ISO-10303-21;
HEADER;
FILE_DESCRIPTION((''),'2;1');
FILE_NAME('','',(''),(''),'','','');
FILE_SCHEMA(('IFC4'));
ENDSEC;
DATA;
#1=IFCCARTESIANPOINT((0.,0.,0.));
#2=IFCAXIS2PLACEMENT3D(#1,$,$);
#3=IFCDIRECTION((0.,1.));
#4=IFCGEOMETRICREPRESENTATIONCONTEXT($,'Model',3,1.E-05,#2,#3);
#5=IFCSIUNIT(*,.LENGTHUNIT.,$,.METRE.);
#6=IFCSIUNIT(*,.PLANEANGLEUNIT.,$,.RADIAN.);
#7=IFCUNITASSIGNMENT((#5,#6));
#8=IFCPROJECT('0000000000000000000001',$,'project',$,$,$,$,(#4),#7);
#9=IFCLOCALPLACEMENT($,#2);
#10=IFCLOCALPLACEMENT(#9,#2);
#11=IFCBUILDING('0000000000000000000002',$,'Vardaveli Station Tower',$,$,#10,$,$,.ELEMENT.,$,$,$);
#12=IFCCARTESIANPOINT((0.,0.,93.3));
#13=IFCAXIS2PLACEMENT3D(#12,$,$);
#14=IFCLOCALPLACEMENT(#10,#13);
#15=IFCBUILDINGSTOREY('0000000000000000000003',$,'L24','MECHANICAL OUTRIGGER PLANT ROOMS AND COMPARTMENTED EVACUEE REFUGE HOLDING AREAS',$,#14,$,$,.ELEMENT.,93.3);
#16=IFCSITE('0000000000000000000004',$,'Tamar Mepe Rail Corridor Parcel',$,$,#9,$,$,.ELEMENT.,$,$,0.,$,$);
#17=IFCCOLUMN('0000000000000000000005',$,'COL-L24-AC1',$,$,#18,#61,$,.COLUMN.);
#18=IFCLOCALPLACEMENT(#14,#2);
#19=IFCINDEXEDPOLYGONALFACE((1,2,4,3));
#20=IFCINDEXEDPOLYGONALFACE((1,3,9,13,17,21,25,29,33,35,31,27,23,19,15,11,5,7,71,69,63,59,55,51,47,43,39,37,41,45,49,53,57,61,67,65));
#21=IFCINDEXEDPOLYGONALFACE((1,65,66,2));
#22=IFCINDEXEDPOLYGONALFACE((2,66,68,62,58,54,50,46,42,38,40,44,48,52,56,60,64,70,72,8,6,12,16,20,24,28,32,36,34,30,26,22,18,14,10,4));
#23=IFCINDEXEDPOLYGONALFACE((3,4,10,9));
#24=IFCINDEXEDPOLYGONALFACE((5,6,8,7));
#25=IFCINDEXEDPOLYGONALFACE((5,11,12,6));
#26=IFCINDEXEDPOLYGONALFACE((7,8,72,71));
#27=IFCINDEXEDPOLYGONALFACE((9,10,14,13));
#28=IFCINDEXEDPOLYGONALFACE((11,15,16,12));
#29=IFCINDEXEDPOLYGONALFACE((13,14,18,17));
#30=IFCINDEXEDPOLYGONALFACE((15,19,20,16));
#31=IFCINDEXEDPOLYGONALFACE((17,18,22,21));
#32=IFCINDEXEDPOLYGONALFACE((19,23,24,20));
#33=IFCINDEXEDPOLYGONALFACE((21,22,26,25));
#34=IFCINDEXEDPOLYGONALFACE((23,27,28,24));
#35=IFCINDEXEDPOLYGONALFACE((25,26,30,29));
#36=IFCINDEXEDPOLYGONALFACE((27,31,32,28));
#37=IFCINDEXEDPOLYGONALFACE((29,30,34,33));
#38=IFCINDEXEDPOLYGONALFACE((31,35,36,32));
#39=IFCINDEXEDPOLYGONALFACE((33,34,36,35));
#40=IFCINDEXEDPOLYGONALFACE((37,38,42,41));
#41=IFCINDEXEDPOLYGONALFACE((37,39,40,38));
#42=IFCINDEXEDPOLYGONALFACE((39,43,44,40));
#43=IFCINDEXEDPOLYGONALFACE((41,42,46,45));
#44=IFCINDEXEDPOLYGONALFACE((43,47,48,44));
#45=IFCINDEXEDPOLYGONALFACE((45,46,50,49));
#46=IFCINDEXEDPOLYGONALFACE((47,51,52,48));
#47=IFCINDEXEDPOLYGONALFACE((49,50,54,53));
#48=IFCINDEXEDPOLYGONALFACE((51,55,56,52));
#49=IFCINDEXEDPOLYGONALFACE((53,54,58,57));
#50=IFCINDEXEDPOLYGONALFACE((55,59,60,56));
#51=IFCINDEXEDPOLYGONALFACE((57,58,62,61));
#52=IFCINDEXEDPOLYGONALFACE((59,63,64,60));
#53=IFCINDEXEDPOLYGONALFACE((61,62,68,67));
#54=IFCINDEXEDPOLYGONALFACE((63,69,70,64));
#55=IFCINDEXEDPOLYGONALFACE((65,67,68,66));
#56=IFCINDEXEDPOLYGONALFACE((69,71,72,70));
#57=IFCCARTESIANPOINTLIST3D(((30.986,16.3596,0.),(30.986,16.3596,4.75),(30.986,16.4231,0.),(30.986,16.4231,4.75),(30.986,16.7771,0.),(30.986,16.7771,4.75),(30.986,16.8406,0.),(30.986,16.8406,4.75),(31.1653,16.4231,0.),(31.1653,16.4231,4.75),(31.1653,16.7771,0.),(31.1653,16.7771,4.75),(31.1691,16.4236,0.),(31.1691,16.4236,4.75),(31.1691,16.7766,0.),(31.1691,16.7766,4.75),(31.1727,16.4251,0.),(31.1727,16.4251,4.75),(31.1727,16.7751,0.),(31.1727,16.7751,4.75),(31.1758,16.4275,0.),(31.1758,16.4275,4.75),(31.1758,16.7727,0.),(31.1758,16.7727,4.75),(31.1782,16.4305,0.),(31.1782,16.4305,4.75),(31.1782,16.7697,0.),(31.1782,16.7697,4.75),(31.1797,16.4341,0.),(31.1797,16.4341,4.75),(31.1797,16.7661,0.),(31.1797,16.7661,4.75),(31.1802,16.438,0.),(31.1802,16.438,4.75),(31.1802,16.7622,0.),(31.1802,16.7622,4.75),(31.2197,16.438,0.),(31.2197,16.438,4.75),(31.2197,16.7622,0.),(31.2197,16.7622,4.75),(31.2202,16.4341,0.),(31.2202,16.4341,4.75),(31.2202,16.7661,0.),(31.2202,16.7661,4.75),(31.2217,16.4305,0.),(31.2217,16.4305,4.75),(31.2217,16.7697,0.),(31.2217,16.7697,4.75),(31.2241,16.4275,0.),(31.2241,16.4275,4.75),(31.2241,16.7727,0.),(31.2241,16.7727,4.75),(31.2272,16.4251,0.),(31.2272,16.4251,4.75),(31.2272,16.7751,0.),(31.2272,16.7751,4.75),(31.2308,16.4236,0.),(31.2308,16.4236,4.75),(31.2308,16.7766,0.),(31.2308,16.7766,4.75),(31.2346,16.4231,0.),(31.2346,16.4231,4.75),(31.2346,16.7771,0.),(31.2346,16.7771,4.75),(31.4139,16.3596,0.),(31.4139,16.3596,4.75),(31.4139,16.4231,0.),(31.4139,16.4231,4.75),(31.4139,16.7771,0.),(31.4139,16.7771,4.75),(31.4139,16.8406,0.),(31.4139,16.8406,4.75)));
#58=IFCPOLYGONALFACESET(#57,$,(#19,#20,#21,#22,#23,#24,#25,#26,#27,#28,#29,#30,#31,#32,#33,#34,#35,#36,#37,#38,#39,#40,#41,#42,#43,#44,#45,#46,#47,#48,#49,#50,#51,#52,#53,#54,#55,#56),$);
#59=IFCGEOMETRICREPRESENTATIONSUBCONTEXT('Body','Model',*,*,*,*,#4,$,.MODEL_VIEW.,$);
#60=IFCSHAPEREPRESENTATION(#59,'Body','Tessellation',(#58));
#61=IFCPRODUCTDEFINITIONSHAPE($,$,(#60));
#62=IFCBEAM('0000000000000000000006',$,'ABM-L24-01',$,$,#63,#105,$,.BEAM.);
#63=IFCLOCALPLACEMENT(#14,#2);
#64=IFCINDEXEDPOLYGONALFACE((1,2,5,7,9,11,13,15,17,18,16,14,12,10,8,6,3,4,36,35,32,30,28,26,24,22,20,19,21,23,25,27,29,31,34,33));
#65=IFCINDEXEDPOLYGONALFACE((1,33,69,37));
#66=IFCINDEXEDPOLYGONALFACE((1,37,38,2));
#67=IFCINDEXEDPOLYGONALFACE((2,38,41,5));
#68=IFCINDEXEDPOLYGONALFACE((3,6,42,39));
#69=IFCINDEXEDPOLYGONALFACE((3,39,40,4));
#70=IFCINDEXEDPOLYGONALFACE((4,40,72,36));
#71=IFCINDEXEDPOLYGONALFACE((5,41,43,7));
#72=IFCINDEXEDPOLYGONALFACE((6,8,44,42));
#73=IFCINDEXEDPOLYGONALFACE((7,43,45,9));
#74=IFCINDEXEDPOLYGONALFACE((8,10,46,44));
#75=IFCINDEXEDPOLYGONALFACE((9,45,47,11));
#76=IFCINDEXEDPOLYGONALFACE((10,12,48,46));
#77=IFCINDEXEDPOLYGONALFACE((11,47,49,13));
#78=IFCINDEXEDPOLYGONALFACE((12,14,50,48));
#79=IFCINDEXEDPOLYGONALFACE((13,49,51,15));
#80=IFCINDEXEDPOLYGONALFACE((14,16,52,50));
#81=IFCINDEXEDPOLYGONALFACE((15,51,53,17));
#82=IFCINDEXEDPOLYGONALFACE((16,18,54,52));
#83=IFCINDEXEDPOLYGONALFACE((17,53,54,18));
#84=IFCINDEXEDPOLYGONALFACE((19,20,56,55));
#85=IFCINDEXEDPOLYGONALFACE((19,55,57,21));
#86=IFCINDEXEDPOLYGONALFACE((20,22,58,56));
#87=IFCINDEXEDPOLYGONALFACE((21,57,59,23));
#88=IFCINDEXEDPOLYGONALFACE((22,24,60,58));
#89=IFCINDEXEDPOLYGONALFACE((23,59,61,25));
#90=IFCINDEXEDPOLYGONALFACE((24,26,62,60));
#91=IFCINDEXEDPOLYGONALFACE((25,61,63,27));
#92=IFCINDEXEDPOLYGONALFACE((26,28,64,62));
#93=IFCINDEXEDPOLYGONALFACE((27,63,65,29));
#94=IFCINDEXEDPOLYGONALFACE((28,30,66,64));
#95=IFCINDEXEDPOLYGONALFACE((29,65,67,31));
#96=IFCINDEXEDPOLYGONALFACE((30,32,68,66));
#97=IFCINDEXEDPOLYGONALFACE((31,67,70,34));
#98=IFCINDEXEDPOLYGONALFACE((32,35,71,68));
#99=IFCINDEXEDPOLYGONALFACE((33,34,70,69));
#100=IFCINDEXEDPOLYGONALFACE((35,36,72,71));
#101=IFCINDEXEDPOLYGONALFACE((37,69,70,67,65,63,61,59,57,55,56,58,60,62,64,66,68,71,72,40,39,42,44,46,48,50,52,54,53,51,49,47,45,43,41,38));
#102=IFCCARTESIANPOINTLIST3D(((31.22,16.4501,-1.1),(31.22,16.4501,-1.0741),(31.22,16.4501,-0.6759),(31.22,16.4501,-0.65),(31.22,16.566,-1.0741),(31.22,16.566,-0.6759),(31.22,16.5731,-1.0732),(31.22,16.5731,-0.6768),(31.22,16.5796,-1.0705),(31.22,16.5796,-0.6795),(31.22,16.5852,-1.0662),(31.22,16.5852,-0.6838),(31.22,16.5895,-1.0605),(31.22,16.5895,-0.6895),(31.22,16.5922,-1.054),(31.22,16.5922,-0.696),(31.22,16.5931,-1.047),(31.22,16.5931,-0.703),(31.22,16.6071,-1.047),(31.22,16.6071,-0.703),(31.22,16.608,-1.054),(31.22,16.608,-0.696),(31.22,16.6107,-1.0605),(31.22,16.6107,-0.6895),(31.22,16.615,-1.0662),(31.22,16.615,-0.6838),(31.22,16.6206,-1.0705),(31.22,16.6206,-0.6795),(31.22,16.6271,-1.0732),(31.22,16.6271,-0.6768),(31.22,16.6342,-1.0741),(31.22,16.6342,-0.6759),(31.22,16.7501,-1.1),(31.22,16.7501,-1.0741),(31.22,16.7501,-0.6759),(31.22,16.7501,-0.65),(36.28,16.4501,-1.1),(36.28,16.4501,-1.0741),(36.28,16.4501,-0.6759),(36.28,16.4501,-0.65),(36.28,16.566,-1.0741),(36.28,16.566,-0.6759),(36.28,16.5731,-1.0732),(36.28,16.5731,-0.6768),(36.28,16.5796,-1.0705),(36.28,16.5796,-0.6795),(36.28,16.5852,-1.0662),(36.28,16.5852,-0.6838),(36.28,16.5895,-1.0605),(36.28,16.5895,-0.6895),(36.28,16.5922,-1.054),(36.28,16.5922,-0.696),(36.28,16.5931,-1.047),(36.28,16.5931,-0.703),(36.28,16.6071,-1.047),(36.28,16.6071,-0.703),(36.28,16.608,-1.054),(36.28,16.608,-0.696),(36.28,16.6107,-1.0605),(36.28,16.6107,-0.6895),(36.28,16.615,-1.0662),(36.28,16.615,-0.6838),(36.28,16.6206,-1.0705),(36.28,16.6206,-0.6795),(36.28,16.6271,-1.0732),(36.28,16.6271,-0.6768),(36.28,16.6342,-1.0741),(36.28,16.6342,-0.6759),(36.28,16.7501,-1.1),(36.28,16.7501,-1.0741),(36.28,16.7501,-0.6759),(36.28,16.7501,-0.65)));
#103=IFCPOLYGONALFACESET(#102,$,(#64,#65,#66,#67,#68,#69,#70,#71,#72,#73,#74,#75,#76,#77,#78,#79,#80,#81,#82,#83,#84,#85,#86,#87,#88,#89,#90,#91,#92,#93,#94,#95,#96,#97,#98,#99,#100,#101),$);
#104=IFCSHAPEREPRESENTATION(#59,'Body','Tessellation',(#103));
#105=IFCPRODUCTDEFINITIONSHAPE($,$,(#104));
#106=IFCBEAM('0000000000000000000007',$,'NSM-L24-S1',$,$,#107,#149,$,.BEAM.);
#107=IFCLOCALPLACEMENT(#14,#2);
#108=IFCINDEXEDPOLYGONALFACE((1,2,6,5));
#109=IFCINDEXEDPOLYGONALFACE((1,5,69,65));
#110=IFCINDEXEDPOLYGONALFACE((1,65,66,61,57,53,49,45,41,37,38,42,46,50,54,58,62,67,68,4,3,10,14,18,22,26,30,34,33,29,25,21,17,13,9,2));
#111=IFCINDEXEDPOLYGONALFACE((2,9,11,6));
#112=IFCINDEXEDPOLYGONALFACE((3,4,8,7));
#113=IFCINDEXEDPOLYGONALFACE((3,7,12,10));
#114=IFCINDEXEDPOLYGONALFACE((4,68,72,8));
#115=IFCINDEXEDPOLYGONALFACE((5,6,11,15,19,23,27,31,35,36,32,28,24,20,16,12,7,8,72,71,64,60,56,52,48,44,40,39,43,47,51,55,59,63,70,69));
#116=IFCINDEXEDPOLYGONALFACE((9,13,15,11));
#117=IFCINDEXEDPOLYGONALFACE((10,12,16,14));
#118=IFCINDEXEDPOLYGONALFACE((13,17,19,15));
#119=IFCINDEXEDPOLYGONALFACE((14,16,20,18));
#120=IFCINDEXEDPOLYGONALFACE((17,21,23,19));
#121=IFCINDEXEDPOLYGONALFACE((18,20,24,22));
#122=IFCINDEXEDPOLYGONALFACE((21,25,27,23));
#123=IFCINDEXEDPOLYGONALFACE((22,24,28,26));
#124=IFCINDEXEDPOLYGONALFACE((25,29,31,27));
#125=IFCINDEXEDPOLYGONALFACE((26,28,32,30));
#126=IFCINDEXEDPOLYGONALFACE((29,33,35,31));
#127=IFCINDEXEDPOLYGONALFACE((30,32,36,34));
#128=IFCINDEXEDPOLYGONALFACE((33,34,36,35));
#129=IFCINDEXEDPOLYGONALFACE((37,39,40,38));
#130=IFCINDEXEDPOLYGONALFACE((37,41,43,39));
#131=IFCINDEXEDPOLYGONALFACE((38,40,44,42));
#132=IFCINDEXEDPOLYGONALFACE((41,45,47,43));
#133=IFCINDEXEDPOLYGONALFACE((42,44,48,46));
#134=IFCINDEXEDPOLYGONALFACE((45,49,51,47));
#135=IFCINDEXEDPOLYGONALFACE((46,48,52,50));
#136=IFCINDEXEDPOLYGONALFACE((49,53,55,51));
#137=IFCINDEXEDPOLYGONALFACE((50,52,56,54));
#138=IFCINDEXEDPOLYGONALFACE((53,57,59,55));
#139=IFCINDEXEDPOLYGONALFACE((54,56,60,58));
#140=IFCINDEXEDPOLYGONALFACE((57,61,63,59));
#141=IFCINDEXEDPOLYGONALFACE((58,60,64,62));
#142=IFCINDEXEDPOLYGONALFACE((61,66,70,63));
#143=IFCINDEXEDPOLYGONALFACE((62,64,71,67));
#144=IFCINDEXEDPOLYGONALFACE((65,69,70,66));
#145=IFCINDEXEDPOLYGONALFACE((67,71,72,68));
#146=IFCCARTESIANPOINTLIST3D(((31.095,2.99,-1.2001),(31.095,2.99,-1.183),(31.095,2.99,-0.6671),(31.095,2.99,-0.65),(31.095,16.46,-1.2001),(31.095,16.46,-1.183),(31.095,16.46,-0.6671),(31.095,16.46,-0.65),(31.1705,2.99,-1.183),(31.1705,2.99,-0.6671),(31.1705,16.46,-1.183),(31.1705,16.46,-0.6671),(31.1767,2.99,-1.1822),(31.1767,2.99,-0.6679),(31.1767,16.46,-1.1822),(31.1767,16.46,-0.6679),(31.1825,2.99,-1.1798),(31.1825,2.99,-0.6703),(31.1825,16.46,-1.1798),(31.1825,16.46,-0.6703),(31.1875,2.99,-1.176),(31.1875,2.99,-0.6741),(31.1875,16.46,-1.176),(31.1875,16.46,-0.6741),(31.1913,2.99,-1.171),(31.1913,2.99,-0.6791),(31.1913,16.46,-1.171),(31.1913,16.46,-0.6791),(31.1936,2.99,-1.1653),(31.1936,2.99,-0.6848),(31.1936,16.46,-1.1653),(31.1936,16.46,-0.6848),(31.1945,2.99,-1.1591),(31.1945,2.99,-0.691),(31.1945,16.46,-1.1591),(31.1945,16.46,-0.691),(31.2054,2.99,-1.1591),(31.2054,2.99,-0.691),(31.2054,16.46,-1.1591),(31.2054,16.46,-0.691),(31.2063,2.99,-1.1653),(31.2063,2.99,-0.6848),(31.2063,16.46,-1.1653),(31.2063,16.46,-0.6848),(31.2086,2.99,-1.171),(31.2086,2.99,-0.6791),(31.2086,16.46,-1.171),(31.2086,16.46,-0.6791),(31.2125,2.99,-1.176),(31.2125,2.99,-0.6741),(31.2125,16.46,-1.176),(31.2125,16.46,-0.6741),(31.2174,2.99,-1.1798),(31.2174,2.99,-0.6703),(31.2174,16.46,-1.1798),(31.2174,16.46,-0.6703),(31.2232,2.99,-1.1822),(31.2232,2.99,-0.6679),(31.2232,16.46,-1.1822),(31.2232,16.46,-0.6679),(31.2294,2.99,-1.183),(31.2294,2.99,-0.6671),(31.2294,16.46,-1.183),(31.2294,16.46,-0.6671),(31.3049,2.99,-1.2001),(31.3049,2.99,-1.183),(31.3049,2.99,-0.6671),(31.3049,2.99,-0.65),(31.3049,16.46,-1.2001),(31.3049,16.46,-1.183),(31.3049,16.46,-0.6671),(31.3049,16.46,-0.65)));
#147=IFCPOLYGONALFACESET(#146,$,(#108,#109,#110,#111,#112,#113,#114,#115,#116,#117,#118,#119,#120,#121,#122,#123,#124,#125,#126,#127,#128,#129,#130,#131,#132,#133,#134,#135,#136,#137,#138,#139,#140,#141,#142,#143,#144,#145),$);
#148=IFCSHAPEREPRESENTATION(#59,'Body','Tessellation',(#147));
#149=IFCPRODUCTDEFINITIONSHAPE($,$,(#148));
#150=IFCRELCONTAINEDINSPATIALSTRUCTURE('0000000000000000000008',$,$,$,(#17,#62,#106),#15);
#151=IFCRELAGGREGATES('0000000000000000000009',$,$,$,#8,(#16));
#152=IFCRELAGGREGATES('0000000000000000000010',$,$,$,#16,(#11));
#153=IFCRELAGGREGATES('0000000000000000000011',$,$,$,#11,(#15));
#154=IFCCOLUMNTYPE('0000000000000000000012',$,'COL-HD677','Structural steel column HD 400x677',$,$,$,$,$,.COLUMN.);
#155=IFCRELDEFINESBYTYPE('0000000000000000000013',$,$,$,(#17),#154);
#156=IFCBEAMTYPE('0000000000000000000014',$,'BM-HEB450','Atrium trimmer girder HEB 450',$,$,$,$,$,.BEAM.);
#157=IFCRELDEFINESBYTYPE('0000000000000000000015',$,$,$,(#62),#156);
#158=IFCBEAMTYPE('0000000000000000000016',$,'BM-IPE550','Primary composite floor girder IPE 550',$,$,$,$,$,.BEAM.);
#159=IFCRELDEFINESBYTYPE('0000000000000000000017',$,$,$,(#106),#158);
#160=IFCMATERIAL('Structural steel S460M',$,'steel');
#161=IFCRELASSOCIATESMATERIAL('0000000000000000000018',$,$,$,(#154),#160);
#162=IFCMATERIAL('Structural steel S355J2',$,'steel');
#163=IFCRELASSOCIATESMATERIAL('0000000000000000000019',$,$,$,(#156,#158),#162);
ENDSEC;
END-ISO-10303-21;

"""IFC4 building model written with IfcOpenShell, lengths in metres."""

from ifc_helpers import new_model, si_unit, direction, frame, origin, origin_2d, place, context, subcontext, project, spatial, i_section, extrude, source, transform, mapped, material, material_profile, profile_set, type_object, element, save


model = new_model("IFC4")

# Units and contexts
model_context = context("Model", 3, precision=1e-05, world=origin(), true_north=direction((0.0, 1.0)))
body_context = subcontext(model_context, "Body", "Model", "MODEL_VIEW")
ifc_project = project(units=[si_unit("LENGTHUNIT", "METRE"), si_unit("PLANEANGLEUNIT", "RADIAN")], contexts=[model_context])

# Site, building, storey
site_placement = place(None, origin())
site = spatial("IfcSite", under=ifc_project, at=site_placement, Name="Tamar Mepe Rail Corridor Parcel", CompositionType="ELEMENT", RefElevation=0.0)
building_placement = place(site_placement, origin())
building = spatial("IfcBuilding", under=site, at=building_placement, Name="Vardaveli Station Tower", CompositionType="ELEMENT")
storey_placement = place(building_placement, frame((0.0, 0.0, 93.3)))
storey = spatial("IfcBuildingStorey", under=building, at=storey_placement, Name="L24", Description="MECHANICAL OUTRIGGER PLANT ROOMS AND COMPARTMENTED EVACUEE REFUGE HOLDING AREAS", CompositionType="ELEMENT", Elevation=93.3)

# Column
ifc_material_1 = material(Name="Structural steel S460M", Category="steel")
ifc_material_profile_1 = material_profile(ifc_material_1, i_section(OverallWidth=0.428, OverallDepth=0.481, WebThickness=0.0396, FlangeThickness=0.0635, FilletRadius=0.0149, at=origin_2d()), Name="HD 400x677")
ifc_profile_set_1 = profile_set([ifc_material_profile_1], Name="Structural steel S460M")
column_type = type_object("IfcColumnType", Name="COL-HD677", Description="Structural steel column HD 400x677", PredefinedType="COLUMN", material=ifc_profile_set_1)
shared_shape_1 = source(origin(), body_context, "Body", "SweptSolid", [
    extrude(i_section(OverallWidth=0.428, OverallDepth=0.481, WebThickness=0.0396, FlangeThickness=0.0635, FilletRadius=0.0149, at=origin_2d()), origin(), (0.0, 0.0, 1.0), 4.75),
])
column_placement = place(storey_placement, frame((31.2, 16.6001, 0.0), z_axis=(0.0, 0.0, 1.0), x_axis=(1.0, 0.0, 0.0)))
element("IfcColumn", 1, at=column_placement, inside=storey, type_object=column_type, Name="COL-L24-AC1", PredefinedType="COLUMN", context=body_context, shape_type="MappedRepresentation", body=[
    mapped(shared_shape_1, transform((0.0, 0.0, 0.0), scale=1.0)),
])

# Beams
ifc_material_2 = material(Name="Structural steel S355J2", Category="steel")
ifc_material_profile_2 = material_profile(ifc_material_2, i_section(OverallWidth=0.3, OverallDepth=0.45, WebThickness=0.0139, FlangeThickness=0.0259, FilletRadius=0.0271, at=origin_2d()), Name="HEB 450")
ifc_profile_set_2 = profile_set([ifc_material_profile_2], Name="Structural steel S355J2")
beam_type_1 = type_object("IfcBeamType", Name="BM-HEB450", Description="Atrium trimmer girder HEB 450", PredefinedType="BEAM", material=ifc_profile_set_2)
shared_shape_2 = source(origin(), body_context, "Body", "SweptSolid", [
    extrude(i_section(OverallWidth=0.3, OverallDepth=0.45, WebThickness=0.0139, FlangeThickness=0.0259, FilletRadius=0.0271, at=origin_2d()), origin(), (0.0, 0.0, 1.0), 5.0601),
])
beam_1_placement = place(storey_placement, frame((31.22, 16.6001, -0.875), z_axis=(1.0, 0.0, 0.0), x_axis=(0.0, 1.0, 0.0)))
element("IfcBeam", 2, at=beam_1_placement, inside=storey, type_object=beam_type_1, Name="ABM-L24-01", PredefinedType="BEAM", context=body_context, shape_type="MappedRepresentation", body=[
    mapped(shared_shape_2, transform((0.0, 0.0, 0.0), scale=1.0)),
])
ifc_material_profile_3 = material_profile(ifc_material_2, i_section(OverallWidth=0.21, OverallDepth=0.55, WebThickness=0.011, FlangeThickness=0.0171, FilletRadius=0.0239, at=origin_2d()), Name="IPE 550")
ifc_profile_set_3 = profile_set([ifc_material_profile_3], Name="Structural steel S355J2")
beam_type_2 = type_object("IfcBeamType", Name="BM-IPE550", Description="Primary composite floor girder IPE 550", PredefinedType="BEAM", material=ifc_profile_set_3)
shared_shape_3 = source(origin(), body_context, "Body", "SweptSolid", [
    extrude(i_section(OverallWidth=0.21, OverallDepth=0.55, WebThickness=0.011, FlangeThickness=0.0171, FilletRadius=0.0239, at=origin_2d()), origin(), (0.0, 0.0, 1.0), 13.47),
])
beam_2_placement = place(storey_placement, frame((31.2, 2.99, -0.925), z_axis=(0.0, 1.0, 0.0), x_axis=(-1.0, 0.0, 0.0)))
element("IfcBeam", 3, at=beam_2_placement, inside=storey, type_object=beam_type_2, Name="NSM-L24-S1", PredefinedType="BEAM", context=body_context, shape_type="MappedRepresentation", body=[
    mapped(shared_shape_3, transform((0.0, 0.0, 0.0), scale=1.0)),
])

save(model, "model.ifc")
